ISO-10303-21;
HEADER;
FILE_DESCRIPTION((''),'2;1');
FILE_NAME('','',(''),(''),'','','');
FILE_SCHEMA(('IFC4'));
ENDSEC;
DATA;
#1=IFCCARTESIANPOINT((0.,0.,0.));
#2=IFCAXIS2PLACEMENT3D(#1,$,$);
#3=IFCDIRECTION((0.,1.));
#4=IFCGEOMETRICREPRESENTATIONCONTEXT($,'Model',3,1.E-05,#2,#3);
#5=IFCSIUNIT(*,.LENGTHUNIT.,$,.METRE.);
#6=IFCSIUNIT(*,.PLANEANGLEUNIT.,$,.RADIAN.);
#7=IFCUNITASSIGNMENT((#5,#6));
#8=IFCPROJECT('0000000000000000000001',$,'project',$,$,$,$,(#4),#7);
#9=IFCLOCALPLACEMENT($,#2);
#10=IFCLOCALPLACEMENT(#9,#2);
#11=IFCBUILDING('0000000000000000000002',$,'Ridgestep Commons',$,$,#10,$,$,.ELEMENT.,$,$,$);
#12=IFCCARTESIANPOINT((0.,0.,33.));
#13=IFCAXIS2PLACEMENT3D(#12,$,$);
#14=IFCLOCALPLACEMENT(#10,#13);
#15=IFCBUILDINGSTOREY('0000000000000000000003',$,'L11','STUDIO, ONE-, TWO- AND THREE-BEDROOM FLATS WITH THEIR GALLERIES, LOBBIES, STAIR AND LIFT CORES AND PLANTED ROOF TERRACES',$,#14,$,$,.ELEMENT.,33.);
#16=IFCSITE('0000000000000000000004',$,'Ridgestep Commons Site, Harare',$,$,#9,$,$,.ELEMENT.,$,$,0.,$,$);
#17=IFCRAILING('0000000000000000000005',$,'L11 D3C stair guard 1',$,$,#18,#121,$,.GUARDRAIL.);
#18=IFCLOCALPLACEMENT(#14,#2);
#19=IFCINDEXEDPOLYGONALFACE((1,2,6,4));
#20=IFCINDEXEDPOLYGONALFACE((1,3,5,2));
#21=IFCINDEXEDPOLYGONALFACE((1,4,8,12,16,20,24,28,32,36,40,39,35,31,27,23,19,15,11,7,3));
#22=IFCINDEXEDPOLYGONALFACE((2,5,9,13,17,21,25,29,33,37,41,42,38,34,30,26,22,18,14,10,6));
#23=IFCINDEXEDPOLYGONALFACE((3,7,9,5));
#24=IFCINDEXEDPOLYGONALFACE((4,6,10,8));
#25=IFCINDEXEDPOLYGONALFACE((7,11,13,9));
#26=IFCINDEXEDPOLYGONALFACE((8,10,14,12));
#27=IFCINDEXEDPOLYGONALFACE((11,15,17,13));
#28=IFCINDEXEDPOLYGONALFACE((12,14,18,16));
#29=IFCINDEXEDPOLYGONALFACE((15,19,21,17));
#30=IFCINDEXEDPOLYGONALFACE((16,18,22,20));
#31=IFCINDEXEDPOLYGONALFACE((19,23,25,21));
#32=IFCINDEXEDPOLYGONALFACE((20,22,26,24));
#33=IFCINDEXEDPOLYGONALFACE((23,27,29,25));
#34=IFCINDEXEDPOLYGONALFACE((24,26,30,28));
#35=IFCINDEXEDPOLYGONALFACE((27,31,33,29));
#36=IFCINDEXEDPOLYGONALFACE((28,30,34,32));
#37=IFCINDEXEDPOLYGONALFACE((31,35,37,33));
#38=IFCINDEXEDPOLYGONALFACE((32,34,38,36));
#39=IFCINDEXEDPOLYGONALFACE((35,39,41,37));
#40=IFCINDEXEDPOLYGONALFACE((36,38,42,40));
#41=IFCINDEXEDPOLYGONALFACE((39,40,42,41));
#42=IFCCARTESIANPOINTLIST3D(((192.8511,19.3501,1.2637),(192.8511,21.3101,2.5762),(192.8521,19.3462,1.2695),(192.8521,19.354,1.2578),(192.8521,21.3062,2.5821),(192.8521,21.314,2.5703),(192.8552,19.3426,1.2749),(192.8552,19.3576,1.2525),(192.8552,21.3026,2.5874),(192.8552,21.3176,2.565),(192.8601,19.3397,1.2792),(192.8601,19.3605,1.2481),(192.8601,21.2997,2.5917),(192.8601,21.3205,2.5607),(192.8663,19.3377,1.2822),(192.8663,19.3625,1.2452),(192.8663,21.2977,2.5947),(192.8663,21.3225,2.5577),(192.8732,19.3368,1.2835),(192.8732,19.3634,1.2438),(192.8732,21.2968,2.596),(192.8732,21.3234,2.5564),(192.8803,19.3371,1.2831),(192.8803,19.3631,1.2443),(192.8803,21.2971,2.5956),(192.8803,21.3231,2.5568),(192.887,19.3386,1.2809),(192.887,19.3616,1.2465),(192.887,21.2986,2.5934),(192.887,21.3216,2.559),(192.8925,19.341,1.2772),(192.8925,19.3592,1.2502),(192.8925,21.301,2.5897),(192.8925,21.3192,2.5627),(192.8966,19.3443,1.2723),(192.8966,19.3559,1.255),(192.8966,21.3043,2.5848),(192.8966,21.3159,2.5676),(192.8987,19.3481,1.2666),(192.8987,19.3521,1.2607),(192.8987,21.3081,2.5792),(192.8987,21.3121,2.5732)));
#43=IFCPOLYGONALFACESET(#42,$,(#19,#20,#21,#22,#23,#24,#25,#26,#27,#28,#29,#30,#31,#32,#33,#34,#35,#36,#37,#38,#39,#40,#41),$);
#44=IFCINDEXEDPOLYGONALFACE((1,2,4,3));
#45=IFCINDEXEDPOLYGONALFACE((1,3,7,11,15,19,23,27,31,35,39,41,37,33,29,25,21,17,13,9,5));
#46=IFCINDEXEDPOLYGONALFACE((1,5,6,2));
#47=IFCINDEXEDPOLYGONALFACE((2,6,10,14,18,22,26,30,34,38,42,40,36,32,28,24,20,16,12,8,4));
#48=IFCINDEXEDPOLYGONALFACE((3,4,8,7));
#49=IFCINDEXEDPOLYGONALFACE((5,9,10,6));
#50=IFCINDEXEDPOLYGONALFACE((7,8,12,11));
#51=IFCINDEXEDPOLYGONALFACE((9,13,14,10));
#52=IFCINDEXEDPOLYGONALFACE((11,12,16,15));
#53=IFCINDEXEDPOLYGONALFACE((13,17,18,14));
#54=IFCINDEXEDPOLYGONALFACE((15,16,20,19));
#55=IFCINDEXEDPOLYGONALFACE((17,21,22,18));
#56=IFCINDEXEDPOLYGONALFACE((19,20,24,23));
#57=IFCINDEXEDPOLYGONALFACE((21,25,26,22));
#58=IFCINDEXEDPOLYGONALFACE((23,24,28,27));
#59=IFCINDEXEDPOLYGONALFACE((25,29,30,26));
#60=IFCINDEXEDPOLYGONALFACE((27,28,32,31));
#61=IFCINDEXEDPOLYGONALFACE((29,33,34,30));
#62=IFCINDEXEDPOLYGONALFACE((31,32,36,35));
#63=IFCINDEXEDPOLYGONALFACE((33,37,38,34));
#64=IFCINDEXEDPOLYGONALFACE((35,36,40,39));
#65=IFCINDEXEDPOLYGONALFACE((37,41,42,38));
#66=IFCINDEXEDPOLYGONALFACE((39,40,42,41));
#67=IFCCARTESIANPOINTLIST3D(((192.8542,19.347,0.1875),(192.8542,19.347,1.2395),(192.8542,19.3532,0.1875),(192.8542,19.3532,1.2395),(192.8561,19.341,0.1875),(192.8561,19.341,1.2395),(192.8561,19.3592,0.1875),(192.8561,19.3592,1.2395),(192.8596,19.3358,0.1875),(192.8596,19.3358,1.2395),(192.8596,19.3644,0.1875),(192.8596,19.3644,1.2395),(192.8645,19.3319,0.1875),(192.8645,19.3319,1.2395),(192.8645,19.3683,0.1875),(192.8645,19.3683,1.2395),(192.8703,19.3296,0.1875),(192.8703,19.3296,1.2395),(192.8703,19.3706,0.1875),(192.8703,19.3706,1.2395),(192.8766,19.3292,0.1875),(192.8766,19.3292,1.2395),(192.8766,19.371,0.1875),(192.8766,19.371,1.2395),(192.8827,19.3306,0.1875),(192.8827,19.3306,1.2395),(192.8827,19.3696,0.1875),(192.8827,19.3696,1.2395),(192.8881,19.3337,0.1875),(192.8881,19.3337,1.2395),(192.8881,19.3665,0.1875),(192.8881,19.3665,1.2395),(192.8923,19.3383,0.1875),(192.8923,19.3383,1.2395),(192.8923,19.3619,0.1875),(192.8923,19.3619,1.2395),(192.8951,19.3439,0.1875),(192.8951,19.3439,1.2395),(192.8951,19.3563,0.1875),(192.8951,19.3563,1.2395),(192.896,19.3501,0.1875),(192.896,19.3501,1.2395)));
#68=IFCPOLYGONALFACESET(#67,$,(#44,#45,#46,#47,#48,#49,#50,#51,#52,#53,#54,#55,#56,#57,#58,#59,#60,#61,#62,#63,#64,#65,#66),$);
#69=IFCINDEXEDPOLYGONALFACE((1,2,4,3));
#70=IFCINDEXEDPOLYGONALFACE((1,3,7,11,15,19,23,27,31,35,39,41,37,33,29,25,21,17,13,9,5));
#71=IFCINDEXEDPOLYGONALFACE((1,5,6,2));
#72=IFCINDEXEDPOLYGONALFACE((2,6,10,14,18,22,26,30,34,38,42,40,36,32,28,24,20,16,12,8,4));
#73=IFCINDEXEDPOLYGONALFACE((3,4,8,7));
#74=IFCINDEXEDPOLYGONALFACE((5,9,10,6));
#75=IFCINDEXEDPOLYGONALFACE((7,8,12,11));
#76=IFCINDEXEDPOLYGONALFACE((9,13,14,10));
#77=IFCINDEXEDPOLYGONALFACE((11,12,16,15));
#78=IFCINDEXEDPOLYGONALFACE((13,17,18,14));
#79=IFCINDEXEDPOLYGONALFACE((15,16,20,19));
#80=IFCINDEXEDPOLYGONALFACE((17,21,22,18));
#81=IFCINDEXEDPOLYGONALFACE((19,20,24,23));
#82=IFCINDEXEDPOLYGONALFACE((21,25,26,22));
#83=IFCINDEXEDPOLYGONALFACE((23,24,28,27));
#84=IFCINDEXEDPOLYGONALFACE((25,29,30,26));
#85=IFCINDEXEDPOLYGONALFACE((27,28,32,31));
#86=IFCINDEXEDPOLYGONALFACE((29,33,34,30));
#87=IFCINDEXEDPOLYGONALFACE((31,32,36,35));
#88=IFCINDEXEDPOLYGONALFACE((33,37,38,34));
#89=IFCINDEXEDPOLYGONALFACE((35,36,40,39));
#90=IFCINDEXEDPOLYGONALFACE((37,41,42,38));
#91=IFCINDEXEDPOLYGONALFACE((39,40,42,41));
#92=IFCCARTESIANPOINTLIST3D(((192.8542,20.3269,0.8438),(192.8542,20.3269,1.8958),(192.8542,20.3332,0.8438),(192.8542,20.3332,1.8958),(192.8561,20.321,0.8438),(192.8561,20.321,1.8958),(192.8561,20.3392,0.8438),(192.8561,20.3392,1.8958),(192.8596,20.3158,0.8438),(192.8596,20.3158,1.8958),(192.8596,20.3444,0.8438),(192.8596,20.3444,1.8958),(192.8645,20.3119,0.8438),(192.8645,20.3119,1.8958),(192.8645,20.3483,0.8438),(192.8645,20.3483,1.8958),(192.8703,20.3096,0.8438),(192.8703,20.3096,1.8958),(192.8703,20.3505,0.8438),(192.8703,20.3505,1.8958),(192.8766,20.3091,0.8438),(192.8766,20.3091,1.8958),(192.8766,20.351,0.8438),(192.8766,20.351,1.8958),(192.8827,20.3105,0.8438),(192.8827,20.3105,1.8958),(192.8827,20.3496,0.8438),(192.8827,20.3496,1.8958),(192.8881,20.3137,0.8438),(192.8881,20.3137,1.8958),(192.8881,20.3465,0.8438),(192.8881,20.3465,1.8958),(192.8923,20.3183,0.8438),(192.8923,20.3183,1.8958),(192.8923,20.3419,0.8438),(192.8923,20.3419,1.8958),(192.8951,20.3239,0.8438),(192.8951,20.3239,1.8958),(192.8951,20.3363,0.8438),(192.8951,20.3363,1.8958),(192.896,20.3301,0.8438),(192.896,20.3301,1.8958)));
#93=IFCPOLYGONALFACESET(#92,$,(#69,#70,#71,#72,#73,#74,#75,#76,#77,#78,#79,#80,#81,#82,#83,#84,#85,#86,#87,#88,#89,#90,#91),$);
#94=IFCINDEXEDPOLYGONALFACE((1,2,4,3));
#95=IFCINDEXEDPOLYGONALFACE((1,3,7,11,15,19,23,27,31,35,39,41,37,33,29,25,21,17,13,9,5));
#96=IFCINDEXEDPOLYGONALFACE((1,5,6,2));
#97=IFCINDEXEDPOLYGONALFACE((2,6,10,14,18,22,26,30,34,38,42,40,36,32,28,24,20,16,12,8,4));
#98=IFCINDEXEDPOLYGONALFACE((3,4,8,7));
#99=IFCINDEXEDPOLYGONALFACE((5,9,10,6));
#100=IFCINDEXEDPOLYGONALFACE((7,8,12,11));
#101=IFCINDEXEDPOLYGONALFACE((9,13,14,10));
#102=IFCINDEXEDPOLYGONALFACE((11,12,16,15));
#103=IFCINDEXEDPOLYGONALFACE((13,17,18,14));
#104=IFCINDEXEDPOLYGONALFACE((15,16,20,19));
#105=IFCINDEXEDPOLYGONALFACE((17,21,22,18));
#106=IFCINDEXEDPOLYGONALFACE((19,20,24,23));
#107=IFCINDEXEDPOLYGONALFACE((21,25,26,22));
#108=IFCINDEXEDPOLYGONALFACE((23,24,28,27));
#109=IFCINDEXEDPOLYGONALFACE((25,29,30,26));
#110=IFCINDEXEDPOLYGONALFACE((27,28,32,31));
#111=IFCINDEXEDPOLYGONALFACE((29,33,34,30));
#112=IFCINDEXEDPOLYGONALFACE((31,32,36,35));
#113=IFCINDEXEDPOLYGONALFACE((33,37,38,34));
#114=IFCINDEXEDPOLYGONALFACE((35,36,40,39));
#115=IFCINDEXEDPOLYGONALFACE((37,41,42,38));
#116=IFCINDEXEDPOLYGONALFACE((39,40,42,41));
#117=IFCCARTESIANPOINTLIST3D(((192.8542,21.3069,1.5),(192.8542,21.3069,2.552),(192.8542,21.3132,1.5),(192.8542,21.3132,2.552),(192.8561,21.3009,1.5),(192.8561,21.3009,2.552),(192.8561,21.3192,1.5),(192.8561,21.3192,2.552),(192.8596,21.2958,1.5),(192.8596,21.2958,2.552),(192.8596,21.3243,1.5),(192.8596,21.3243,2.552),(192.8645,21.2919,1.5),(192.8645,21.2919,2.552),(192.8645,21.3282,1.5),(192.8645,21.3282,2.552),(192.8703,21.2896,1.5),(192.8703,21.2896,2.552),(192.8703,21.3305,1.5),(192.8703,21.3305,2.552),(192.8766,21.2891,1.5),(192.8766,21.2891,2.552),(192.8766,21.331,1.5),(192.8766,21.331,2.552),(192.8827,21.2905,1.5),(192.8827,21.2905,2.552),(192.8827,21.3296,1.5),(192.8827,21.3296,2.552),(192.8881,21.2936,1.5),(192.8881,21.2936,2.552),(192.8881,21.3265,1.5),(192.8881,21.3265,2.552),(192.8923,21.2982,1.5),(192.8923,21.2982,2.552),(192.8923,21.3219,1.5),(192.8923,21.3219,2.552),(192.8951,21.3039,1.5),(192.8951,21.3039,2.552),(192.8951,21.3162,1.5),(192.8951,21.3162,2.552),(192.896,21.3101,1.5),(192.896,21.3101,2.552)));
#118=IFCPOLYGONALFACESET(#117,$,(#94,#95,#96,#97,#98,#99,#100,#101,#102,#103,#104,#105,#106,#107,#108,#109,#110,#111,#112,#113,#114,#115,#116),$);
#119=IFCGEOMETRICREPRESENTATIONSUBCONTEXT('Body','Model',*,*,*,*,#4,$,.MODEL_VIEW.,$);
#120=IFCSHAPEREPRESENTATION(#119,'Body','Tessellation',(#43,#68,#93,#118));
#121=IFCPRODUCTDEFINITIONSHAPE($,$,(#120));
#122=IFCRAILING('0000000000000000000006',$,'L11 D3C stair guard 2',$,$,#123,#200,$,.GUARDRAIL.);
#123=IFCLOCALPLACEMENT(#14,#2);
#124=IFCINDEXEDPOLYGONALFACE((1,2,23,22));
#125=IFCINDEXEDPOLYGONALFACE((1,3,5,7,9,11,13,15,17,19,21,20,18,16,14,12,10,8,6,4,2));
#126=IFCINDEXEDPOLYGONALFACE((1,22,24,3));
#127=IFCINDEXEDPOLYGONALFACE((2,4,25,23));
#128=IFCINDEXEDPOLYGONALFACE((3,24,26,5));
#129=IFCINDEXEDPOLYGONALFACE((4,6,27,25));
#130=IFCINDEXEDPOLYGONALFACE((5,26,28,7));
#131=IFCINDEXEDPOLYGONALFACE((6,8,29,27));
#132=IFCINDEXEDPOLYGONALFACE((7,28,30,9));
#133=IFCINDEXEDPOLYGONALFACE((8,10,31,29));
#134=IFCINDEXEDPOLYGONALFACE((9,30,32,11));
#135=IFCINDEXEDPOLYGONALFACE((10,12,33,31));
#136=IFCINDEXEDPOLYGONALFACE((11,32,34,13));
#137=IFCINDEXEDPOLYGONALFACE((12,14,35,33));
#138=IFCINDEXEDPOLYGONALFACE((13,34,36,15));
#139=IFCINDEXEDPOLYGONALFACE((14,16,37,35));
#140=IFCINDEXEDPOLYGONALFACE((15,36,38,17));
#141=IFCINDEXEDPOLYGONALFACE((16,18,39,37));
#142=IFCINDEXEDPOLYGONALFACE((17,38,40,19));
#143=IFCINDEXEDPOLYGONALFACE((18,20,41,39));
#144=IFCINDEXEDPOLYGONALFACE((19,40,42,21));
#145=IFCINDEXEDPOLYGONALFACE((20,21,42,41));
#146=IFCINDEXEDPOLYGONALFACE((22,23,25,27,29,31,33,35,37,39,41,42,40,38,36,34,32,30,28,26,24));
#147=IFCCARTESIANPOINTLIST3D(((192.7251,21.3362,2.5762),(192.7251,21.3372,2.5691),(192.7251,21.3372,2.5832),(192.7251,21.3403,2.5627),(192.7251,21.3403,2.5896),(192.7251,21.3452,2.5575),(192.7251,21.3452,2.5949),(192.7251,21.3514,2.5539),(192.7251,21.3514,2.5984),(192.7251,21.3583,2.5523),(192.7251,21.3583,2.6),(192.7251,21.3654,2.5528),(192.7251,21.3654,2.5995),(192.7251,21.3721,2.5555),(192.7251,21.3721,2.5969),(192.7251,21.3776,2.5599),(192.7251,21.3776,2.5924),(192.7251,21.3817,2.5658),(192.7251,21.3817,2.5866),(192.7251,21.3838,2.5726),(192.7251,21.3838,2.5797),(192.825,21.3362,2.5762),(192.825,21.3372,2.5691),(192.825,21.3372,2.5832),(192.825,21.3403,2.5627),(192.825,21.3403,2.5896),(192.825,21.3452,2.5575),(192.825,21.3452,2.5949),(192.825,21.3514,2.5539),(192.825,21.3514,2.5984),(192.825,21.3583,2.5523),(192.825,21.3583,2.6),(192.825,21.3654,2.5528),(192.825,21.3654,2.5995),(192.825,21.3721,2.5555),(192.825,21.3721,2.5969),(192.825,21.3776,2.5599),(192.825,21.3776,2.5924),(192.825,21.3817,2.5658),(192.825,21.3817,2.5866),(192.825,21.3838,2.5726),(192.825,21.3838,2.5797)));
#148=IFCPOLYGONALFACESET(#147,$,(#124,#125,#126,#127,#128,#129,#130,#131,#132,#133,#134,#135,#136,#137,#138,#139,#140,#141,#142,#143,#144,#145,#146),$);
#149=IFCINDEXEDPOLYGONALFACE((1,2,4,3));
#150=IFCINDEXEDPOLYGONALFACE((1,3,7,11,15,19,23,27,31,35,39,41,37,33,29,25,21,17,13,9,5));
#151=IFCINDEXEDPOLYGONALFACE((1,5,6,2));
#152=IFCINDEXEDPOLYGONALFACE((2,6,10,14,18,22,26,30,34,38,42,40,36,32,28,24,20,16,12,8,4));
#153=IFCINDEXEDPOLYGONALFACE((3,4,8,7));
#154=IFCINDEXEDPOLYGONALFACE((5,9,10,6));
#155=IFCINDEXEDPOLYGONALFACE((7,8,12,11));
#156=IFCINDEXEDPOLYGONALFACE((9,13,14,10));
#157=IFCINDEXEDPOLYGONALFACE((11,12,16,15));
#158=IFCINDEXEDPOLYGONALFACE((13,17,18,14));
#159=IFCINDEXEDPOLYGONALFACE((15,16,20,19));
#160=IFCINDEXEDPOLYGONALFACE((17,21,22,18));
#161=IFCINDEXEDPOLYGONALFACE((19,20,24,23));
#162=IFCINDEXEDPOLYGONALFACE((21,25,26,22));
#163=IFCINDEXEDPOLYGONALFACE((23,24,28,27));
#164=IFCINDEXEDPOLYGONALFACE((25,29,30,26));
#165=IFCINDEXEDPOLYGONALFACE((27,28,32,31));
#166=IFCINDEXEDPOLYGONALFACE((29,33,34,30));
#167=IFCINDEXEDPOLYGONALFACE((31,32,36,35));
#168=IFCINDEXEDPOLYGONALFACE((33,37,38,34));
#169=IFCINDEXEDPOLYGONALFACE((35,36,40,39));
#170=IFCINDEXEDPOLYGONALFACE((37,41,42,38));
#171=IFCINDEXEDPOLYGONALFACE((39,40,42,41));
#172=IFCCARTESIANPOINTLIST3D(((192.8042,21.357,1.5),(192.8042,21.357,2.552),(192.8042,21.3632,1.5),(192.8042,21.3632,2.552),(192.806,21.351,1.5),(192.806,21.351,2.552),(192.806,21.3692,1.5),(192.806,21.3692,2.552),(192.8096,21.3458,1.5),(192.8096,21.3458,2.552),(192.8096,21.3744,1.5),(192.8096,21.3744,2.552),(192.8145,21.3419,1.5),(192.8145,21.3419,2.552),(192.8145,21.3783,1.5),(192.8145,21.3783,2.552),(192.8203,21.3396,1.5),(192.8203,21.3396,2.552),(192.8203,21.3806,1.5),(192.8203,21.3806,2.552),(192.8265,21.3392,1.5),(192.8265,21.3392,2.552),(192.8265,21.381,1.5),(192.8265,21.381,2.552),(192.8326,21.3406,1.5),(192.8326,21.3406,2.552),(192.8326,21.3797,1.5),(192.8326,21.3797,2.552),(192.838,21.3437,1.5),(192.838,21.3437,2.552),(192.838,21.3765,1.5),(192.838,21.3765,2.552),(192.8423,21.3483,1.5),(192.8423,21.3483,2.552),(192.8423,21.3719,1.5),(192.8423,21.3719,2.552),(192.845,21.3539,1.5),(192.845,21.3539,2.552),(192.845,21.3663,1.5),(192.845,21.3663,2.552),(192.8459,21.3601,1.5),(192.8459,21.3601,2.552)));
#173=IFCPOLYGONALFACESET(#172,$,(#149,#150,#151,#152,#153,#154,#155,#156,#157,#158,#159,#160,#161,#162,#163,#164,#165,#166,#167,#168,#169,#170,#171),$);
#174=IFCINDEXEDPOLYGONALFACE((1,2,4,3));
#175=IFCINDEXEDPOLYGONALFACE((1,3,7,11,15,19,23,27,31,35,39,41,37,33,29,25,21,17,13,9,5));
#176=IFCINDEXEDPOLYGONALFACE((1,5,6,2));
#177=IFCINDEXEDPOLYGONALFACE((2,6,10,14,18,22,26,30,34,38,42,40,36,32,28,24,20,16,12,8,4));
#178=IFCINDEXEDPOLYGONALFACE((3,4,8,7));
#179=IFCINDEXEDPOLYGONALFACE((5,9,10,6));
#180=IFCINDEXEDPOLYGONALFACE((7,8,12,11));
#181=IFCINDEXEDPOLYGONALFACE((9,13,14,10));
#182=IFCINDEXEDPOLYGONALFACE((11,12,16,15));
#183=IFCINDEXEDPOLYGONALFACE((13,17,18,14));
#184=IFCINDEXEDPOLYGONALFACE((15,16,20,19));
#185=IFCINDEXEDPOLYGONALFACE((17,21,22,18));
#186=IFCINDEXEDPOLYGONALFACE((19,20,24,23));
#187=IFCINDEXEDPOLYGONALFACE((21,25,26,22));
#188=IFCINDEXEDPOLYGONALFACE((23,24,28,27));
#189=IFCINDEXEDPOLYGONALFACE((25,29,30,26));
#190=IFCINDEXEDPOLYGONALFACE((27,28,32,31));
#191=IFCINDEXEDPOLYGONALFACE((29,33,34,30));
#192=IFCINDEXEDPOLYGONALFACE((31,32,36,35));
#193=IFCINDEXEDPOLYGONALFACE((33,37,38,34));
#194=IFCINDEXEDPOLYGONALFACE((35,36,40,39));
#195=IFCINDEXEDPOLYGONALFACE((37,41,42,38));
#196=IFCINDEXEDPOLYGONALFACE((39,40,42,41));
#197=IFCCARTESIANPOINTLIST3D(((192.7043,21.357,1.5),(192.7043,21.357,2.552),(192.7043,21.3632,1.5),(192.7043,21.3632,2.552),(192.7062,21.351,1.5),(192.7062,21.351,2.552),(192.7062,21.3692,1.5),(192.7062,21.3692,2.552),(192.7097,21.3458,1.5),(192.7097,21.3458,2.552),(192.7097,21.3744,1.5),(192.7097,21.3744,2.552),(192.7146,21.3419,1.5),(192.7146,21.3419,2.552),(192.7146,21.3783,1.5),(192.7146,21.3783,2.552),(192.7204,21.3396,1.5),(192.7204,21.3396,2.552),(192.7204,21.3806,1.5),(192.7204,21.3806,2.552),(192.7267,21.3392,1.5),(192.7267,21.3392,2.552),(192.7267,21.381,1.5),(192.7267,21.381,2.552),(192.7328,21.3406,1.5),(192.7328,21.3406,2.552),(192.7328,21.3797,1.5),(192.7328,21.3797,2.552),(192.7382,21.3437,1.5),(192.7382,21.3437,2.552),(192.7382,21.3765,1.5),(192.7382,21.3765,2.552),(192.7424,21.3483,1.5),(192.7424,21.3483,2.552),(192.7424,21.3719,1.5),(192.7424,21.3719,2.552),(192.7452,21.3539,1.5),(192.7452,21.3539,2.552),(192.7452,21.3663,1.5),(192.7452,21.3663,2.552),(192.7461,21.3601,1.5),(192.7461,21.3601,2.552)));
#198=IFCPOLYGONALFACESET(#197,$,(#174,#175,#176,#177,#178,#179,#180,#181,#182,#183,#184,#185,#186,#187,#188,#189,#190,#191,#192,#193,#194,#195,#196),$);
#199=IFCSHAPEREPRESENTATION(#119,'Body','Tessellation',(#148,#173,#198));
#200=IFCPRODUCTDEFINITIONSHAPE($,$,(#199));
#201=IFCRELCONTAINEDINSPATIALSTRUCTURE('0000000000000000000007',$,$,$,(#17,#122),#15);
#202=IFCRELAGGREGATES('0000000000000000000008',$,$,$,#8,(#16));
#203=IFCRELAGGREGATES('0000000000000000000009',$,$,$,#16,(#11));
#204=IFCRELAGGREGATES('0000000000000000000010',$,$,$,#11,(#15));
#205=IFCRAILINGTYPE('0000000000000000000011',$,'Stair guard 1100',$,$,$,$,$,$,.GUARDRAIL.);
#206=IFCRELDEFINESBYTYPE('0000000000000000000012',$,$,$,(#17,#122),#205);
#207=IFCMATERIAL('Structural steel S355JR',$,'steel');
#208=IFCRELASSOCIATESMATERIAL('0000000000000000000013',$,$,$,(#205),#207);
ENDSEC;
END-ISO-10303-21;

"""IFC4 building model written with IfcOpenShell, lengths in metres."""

from ifc_helpers import new_model, si_unit, direction, frame, origin, origin_2d, place, context, subcontext, project, spatial, circle, extrude, material, type_object, element, save


model = new_model("IFC4")

# Units and contexts
model_context = context("Model", 3, precision=1e-05, world=origin(), true_north=direction((0.0, 1.0)))
body_context = subcontext(model_context, "Body", "Model", "MODEL_VIEW")
ifc_project = project(units=[si_unit("LENGTHUNIT", "METRE"), si_unit("PLANEANGLEUNIT", "RADIAN")], contexts=[model_context])

# Site, building, storey
site_placement = place(None, origin())
site = spatial("IfcSite", under=ifc_project, at=site_placement, Name="Ridgestep Commons Site, Harare", CompositionType="ELEMENT", RefElevation=0.0)
building_placement = place(site_placement, origin())
building = spatial("IfcBuilding", under=site, at=building_placement, Name="Ridgestep Commons", CompositionType="ELEMENT")
storey_placement = place(building_placement, frame((0.0, 0.0, 33.0)))
storey = spatial("IfcBuildingStorey", under=building, at=storey_placement, Name="L11", Description="STUDIO, ONE-, TWO- AND THREE-BEDROOM FLATS WITH THEIR GALLERIES, LOBBIES, STAIR AND LIFT CORES AND PLANTED ROOF TERRACES", CompositionType="ELEMENT", Elevation=33.0)

# Railings
ifc_material_1 = material(Name="Structural steel S355JR", Category="steel")
railing_type_1 = type_object("IfcRailingType", Name="Stair guard 1100", PredefinedType="GUARDRAIL", material=ifc_material_1)
railing_1_placement = place(storey_placement, frame((192.875, 19.3501, 0.1875)))
element("IfcRailing", 1, at=railing_1_placement, inside=storey, type_object=railing_type_1, Name="L11 D3C stair guard 1", PredefinedType="GUARDRAIL", context=body_context, shape_type="SweptSolid", body=[
    extrude(circle(Radius=0.0239, at=origin_2d()), frame((0.0, 0.0, 1.0762), z_axis=(0.0, 0.830902, 0.556419), x_axis=(-1.0, 0.0, 0.0)), (0.0, 0.0, 1.0), 2.3589),
    extrude(circle(Radius=0.021, at=origin_2d()), origin(), (0.0, 0.0, 1.0), 1.052),
    extrude(circle(Radius=0.021, at=origin_2d()), frame((0.0, 0.98, 0.6562)), (0.0, 0.0, 1.0), 1.052),
    extrude(circle(Radius=0.021, at=origin_2d()), frame((0.0, 1.96, 1.3125)), (0.0, 0.0, 1.0), 1.052),
])
railing_2_placement = place(storey_placement, frame((192.825, 21.3601, 1.5)))
element("IfcRailing", 2, at=railing_2_placement, inside=storey, type_object=railing_type_1, Name="L11 D3C stair guard 2", PredefinedType="GUARDRAIL", context=body_context, shape_type="SweptSolid", body=[
    extrude(circle(Radius=0.0239, at=origin_2d()), frame((0.0, 0.0, 1.0762), z_axis=(-1.0, 0.0, 0.0), x_axis=(0.0, -1.0, 0.0)), (0.0, 0.0, 1.0), 0.0999),
    extrude(circle(Radius=0.021, at=origin_2d()), origin(), (0.0, 0.0, 1.0), 1.052),
    extrude(circle(Radius=0.021, at=origin_2d()), frame((-0.0999, 0.0, 0.0)), (0.0, 0.0, 1.0), 1.052),
])

save(model, "model.ifc")
